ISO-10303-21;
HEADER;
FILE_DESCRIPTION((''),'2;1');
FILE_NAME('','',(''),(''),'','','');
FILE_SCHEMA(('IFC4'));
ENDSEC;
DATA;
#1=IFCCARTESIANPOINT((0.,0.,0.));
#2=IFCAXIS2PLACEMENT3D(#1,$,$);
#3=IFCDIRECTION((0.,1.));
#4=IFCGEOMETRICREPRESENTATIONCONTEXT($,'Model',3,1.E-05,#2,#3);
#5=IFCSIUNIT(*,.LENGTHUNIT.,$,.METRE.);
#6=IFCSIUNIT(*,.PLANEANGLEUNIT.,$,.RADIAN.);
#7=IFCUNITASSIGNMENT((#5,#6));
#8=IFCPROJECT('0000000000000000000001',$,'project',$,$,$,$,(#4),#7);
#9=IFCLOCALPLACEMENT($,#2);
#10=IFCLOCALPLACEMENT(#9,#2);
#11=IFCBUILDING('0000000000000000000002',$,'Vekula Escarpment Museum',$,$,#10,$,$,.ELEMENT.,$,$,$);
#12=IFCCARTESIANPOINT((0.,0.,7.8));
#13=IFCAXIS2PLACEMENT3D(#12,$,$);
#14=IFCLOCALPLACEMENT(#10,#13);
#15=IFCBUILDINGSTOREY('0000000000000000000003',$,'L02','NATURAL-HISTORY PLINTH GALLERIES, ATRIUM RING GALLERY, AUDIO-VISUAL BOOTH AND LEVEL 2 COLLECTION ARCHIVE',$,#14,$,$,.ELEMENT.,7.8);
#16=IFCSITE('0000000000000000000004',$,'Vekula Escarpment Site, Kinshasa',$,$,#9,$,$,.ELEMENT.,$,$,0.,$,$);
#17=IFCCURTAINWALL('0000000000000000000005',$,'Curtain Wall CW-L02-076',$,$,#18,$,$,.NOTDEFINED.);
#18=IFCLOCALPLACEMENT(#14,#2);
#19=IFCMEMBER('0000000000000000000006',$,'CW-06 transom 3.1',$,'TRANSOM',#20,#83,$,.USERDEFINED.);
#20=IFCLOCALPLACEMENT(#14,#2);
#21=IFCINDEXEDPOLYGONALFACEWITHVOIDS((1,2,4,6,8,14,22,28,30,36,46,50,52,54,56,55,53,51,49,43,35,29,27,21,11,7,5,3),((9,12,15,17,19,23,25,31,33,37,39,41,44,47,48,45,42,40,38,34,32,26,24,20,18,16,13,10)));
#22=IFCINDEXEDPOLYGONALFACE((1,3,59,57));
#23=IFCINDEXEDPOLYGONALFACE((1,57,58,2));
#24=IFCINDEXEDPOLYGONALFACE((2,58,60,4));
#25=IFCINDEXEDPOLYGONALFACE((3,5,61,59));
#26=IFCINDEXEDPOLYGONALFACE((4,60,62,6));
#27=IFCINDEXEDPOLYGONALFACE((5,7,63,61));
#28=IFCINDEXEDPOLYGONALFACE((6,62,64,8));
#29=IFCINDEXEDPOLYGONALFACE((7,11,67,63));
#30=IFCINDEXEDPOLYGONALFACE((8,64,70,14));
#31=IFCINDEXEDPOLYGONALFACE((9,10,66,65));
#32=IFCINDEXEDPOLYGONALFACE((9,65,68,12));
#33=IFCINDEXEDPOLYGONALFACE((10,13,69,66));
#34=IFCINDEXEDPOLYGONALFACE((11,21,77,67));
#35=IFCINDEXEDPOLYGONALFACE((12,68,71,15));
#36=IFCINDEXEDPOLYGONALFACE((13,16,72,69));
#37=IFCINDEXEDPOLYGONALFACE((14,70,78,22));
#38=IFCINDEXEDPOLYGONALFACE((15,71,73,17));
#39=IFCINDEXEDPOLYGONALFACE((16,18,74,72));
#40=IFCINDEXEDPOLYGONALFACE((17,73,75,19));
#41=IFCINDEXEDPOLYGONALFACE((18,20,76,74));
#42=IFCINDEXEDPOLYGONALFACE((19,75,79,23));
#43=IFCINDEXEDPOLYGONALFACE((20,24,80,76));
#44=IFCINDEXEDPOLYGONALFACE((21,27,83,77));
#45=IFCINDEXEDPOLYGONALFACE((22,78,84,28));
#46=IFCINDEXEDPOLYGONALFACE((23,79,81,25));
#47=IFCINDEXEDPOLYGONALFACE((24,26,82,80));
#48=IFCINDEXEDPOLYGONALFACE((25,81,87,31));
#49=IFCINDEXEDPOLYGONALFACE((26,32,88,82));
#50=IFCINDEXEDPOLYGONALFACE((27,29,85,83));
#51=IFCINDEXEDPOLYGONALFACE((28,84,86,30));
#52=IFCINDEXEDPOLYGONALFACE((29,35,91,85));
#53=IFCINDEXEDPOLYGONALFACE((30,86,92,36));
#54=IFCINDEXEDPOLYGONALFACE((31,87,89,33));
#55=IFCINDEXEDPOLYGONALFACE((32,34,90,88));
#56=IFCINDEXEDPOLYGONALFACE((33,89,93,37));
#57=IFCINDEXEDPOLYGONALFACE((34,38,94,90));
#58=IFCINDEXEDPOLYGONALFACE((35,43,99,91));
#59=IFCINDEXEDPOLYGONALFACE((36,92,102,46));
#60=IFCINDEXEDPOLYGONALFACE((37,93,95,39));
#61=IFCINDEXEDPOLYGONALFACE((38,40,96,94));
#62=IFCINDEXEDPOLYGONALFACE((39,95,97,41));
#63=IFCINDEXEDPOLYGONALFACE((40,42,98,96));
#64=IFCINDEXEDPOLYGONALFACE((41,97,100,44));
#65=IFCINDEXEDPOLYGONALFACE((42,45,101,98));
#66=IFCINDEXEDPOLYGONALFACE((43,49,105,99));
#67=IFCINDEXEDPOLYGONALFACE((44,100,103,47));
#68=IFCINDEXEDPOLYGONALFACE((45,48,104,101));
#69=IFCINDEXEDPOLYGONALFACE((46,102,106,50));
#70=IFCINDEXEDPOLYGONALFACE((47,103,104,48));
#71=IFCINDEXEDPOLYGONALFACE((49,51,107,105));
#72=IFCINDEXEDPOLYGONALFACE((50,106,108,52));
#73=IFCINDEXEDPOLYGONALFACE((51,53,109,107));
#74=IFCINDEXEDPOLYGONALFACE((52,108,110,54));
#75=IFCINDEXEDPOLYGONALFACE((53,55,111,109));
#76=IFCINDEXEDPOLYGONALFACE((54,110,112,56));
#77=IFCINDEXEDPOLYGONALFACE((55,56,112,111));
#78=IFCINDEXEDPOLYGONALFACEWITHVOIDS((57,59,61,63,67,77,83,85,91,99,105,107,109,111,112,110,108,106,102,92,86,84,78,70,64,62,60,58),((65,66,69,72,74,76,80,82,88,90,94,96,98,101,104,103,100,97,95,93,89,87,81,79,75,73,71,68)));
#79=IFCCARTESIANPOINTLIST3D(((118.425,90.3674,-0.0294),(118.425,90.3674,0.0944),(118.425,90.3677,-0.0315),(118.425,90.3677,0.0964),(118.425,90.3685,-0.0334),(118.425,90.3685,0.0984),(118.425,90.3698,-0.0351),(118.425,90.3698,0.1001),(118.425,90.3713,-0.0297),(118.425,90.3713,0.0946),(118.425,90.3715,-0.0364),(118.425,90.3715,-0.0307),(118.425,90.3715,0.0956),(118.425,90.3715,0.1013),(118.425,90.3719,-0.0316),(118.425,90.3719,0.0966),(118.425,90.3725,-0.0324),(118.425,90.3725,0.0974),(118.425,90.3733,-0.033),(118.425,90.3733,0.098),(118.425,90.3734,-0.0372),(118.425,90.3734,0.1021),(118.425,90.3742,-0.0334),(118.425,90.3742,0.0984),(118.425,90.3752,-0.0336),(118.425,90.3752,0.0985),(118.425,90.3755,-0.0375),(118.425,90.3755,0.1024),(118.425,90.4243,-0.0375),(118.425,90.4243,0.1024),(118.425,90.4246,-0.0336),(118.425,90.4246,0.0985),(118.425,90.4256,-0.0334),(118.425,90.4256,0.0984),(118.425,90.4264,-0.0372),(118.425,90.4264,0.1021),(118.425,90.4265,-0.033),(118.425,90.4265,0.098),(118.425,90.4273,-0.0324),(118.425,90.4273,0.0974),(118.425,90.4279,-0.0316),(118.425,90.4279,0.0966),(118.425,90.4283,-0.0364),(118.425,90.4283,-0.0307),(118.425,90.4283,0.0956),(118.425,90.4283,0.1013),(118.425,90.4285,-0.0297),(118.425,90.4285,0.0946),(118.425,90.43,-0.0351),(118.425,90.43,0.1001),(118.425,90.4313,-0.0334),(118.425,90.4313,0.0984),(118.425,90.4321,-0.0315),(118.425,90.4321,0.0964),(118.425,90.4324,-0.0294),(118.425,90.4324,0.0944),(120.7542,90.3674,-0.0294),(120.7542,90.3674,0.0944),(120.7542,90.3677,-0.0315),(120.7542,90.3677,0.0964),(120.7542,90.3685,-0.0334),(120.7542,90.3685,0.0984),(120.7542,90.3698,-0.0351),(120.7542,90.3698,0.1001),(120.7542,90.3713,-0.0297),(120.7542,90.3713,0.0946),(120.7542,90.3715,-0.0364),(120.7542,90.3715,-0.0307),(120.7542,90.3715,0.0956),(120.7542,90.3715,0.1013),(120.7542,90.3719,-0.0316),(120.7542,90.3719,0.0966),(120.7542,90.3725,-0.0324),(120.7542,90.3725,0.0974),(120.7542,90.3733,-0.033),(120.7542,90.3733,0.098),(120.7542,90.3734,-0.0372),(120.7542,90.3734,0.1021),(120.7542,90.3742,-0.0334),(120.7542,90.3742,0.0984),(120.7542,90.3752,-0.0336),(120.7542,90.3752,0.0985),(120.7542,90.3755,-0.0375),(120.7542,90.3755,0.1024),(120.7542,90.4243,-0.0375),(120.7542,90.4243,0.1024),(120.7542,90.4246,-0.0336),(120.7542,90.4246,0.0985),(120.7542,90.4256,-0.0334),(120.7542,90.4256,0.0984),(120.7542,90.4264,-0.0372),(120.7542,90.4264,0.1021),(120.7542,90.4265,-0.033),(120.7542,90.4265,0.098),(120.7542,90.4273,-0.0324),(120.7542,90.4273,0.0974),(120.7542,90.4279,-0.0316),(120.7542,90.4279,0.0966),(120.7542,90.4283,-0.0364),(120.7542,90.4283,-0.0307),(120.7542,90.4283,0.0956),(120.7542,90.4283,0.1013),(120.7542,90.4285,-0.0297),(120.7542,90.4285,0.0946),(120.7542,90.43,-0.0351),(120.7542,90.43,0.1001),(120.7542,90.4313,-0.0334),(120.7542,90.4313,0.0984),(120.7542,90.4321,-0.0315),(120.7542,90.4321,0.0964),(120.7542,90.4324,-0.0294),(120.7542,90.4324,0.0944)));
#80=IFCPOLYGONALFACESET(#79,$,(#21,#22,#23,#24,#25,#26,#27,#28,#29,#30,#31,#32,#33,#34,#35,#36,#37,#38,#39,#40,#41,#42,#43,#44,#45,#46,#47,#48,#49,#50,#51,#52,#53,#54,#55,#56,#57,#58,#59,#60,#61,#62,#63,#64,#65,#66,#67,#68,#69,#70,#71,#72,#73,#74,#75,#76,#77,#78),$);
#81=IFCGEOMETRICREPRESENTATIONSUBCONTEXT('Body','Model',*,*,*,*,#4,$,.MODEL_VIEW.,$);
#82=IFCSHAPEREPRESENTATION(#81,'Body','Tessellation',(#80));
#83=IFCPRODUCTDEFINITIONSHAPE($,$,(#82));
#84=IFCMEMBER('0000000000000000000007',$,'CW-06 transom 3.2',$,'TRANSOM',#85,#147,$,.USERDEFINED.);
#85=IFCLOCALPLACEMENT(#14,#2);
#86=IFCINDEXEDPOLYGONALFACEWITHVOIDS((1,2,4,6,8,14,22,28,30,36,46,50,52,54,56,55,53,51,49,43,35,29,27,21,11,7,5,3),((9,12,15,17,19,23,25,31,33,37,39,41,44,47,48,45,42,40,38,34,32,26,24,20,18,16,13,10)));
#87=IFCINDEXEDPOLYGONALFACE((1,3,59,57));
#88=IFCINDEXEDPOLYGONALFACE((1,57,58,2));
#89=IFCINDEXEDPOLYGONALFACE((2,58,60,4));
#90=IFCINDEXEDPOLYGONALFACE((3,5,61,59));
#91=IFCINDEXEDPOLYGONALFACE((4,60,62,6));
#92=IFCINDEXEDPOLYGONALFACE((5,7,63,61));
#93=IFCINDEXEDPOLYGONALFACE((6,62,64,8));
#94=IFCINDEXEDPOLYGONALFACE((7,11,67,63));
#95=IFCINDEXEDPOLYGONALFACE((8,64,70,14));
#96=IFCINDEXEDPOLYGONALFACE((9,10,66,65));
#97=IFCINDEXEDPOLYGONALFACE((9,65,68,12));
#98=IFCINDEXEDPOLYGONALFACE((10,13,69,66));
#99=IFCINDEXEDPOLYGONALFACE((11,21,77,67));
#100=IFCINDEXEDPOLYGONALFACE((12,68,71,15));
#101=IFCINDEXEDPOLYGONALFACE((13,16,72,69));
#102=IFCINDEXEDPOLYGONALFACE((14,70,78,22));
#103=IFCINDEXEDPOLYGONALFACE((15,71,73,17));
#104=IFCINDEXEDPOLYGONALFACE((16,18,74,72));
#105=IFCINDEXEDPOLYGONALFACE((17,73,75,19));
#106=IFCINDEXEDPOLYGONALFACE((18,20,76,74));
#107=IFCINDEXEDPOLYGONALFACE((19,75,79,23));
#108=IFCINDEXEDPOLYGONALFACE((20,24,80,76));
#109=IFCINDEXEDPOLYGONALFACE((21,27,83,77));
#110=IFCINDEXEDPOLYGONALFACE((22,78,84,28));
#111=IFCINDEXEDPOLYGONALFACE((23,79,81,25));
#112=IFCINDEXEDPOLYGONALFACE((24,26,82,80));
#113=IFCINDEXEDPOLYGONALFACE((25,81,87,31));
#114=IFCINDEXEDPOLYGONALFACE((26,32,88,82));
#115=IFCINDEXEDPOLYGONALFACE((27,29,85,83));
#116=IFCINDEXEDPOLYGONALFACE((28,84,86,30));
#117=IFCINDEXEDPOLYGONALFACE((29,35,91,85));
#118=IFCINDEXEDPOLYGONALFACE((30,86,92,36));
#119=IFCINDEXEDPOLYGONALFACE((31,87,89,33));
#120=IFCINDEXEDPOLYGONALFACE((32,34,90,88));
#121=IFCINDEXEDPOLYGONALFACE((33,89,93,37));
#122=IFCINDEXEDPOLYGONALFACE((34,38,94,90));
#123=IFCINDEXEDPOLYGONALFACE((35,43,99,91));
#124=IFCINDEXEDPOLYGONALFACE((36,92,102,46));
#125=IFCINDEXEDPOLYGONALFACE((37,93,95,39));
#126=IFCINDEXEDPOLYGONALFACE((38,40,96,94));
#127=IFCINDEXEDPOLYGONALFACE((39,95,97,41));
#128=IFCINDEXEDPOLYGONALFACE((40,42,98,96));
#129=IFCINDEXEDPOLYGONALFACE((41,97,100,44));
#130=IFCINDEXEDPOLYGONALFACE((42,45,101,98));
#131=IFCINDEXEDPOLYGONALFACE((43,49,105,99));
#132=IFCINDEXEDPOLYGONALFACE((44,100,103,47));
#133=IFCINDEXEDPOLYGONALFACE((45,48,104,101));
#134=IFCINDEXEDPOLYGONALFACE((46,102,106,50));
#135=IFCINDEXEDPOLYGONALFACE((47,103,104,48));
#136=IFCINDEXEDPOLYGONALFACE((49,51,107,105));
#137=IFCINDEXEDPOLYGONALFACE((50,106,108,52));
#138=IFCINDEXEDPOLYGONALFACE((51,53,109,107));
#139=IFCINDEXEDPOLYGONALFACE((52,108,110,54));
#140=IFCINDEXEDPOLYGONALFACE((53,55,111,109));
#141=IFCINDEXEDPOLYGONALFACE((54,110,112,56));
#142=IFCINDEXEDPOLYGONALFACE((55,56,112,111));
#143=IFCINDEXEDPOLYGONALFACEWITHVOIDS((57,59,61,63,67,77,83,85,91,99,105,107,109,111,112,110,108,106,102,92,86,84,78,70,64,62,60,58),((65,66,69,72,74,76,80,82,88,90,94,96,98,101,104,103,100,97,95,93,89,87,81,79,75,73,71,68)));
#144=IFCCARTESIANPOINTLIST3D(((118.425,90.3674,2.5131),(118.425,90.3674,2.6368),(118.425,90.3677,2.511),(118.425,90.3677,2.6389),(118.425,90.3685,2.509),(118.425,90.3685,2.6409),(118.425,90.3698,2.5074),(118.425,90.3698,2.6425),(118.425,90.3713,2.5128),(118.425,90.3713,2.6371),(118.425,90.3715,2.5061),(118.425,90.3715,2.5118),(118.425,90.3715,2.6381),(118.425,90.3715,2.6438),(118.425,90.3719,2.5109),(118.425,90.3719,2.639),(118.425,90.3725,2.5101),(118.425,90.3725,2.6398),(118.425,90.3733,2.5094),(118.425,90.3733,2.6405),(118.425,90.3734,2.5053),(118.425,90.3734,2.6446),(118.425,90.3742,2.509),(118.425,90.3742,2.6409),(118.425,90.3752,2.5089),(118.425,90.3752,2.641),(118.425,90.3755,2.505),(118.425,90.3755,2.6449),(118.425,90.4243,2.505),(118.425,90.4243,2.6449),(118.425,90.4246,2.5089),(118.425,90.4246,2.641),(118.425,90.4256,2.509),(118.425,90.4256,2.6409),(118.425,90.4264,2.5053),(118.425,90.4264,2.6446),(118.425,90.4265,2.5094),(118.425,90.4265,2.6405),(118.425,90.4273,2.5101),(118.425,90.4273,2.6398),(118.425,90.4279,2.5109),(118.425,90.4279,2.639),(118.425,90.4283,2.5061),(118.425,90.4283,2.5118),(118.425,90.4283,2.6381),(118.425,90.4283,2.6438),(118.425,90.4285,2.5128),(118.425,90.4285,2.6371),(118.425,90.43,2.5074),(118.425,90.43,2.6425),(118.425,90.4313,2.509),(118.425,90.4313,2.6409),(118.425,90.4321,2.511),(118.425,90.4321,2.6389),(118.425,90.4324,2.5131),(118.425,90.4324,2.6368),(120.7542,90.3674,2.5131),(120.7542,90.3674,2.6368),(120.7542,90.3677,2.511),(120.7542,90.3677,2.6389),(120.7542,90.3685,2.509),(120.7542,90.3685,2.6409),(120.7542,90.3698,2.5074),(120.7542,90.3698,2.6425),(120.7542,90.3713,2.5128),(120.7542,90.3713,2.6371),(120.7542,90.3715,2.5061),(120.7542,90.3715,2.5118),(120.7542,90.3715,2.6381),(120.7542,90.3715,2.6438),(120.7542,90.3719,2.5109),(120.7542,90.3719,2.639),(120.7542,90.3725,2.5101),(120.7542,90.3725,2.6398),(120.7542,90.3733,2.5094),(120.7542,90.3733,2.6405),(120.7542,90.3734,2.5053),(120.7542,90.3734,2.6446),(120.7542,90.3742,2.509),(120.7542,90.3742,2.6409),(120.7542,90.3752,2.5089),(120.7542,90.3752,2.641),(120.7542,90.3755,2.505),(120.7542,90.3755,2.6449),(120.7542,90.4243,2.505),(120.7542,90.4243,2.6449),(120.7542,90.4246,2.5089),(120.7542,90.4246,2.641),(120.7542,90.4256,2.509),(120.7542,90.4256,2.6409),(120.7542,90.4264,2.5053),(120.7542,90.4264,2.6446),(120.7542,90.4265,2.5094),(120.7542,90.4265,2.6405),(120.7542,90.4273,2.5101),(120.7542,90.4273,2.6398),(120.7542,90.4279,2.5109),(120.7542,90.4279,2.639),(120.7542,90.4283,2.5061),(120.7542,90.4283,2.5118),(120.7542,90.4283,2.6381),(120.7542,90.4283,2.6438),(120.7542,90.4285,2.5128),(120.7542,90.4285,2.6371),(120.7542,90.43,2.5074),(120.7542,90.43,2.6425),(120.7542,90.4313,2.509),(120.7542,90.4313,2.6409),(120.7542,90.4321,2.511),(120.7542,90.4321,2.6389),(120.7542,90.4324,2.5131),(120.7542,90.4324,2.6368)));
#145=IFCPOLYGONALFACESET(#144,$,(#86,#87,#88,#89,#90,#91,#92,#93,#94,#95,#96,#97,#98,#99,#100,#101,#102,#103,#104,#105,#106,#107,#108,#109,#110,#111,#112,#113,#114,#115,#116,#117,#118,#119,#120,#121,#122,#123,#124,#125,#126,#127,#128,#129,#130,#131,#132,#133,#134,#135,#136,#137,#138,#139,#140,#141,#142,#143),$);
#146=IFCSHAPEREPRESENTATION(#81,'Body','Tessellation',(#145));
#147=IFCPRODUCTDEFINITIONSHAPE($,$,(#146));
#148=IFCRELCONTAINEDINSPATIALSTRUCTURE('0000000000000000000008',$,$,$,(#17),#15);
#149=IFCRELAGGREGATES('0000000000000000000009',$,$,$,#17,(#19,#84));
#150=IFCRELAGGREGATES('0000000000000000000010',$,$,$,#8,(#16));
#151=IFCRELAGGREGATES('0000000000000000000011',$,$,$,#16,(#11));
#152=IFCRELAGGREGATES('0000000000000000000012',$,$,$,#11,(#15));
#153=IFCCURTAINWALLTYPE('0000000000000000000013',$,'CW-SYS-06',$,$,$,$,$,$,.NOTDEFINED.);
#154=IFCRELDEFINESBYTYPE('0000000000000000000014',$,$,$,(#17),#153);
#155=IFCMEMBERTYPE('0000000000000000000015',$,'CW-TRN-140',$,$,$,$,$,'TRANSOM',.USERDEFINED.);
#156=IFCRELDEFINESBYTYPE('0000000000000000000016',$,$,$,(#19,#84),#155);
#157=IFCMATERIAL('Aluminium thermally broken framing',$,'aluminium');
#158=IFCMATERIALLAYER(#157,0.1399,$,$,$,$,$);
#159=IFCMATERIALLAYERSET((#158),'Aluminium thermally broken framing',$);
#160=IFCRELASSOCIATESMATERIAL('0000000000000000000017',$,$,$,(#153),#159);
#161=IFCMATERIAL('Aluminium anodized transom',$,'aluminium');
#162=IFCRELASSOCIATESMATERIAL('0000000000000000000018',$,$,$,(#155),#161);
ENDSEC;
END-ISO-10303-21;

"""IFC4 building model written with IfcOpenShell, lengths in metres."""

from ifc_helpers import new_model, si_unit, direction, frame, origin, origin_2d, place, context, subcontext, project, spatial, hollow_rectangle, extrude, material, layer, layer_set, material_profile, profile_set, type_object, element, aggregate, save


model = new_model("IFC4")

# Units and contexts
model_context = context("Model", 3, precision=1e-05, world=origin(), true_north=direction((0.0, 1.0)))
body_context = subcontext(model_context, "Body", "Model", "MODEL_VIEW")
ifc_project = project(units=[si_unit("LENGTHUNIT", "METRE"), si_unit("PLANEANGLEUNIT", "RADIAN")], contexts=[model_context])

# Site, building, storey
site_placement = place(None, origin())
site = spatial("IfcSite", under=ifc_project, at=site_placement, Name="Vekula Escarpment Site, Kinshasa", CompositionType="ELEMENT", RefElevation=0.0)
building_placement = place(site_placement, origin())
building = spatial("IfcBuilding", under=site, at=building_placement, Name="Vekula Escarpment Museum", CompositionType="ELEMENT")
storey_placement = place(building_placement, frame((0.0, 0.0, 7.8)))
storey = spatial("IfcBuildingStorey", under=building, at=storey_placement, Name="L02", Description="NATURAL-HISTORY PLINTH GALLERIES, ATRIUM RING GALLERY, AUDIO-VISUAL BOOTH AND LEVEL 2 COLLECTION ARCHIVE", CompositionType="ELEMENT", Elevation=7.8)

# Curtain wall, members
ifc_material_1 = material(Name="Aluminium thermally broken framing", Category="aluminium")
ifc_layer_1 = layer(ifc_material_1, 0.1399)
ifc_layer_set_1 = layer_set([ifc_layer_1], Name="Aluminium thermally broken framing")
curtain_wall_type = type_object("IfcCurtainWallType", Name="CW-SYS-06", PredefinedType="NOTDEFINED", material=ifc_layer_set_1)
curtain_wall_placement = place(storey_placement, origin())
curtain_wall = element("IfcCurtainWall", 1, at=curtain_wall_placement, inside=storey, type_object=curtain_wall_type, Name="Curtain Wall CW-L02-076", PredefinedType="NOTDEFINED")
ifc_material_2 = material(Name="Aluminium anodized transom", Category="aluminium")
ifc_material_profile_1 = material_profile(ifc_material_2, hollow_rectangle(XDim=0.0649, YDim=0.1399, WallThickness=0.0039, InnerFilletRadius=0.0039, OuterFilletRadius=0.0081, at=origin_2d()), Name="ALU 140x65x4")
ifc_profile_set_1 = profile_set([ifc_material_profile_1], Name="Aluminium anodized transom")
member_type_1 = type_object("IfcMemberType", Name="CW-TRN-140", ElementType="TRANSOM", PredefinedType="USERDEFINED", material=ifc_profile_set_1)
member_1_placement = place(storey_placement, frame((120.7542, 90.3999, 0.0325), z_axis=(-1.0, 0.0, 0.0), x_axis=(0.0, -1.0, 0.0)))
member_1 = element("IfcMember", 2, at=member_1_placement, type_object=member_type_1, Name="CW-06 transom 3.1", ObjectType="TRANSOM", PredefinedType="USERDEFINED", context=body_context, shape_type="SweptSolid", body=[
    extrude(hollow_rectangle(XDim=0.0649, YDim=0.1399, WallThickness=0.0039, InnerFilletRadius=0.0039, OuterFilletRadius=0.0081, at=origin_2d()), origin(), (0.0, 0.0, 1.0), 2.3291),
])
member_2_placement = place(storey_placement, frame((120.7542, 90.3999, 2.575), z_axis=(-1.0, 0.0, 0.0), x_axis=(0.0, -1.0, 0.0)))
member_2 = element("IfcMember", 3, at=member_2_placement, type_object=member_type_1, Name="CW-06 transom 3.2", ObjectType="TRANSOM", PredefinedType="USERDEFINED", context=body_context, shape_type="SweptSolid", body=[
    extrude(hollow_rectangle(XDim=0.0649, YDim=0.1399, WallThickness=0.0039, InnerFilletRadius=0.0039, OuterFilletRadius=0.0081, at=origin_2d()), origin(), (0.0, 0.0, 1.0), 2.3291),
])

aggregate(curtain_wall, [member_1, member_2])

save(model, "model.ifc")
